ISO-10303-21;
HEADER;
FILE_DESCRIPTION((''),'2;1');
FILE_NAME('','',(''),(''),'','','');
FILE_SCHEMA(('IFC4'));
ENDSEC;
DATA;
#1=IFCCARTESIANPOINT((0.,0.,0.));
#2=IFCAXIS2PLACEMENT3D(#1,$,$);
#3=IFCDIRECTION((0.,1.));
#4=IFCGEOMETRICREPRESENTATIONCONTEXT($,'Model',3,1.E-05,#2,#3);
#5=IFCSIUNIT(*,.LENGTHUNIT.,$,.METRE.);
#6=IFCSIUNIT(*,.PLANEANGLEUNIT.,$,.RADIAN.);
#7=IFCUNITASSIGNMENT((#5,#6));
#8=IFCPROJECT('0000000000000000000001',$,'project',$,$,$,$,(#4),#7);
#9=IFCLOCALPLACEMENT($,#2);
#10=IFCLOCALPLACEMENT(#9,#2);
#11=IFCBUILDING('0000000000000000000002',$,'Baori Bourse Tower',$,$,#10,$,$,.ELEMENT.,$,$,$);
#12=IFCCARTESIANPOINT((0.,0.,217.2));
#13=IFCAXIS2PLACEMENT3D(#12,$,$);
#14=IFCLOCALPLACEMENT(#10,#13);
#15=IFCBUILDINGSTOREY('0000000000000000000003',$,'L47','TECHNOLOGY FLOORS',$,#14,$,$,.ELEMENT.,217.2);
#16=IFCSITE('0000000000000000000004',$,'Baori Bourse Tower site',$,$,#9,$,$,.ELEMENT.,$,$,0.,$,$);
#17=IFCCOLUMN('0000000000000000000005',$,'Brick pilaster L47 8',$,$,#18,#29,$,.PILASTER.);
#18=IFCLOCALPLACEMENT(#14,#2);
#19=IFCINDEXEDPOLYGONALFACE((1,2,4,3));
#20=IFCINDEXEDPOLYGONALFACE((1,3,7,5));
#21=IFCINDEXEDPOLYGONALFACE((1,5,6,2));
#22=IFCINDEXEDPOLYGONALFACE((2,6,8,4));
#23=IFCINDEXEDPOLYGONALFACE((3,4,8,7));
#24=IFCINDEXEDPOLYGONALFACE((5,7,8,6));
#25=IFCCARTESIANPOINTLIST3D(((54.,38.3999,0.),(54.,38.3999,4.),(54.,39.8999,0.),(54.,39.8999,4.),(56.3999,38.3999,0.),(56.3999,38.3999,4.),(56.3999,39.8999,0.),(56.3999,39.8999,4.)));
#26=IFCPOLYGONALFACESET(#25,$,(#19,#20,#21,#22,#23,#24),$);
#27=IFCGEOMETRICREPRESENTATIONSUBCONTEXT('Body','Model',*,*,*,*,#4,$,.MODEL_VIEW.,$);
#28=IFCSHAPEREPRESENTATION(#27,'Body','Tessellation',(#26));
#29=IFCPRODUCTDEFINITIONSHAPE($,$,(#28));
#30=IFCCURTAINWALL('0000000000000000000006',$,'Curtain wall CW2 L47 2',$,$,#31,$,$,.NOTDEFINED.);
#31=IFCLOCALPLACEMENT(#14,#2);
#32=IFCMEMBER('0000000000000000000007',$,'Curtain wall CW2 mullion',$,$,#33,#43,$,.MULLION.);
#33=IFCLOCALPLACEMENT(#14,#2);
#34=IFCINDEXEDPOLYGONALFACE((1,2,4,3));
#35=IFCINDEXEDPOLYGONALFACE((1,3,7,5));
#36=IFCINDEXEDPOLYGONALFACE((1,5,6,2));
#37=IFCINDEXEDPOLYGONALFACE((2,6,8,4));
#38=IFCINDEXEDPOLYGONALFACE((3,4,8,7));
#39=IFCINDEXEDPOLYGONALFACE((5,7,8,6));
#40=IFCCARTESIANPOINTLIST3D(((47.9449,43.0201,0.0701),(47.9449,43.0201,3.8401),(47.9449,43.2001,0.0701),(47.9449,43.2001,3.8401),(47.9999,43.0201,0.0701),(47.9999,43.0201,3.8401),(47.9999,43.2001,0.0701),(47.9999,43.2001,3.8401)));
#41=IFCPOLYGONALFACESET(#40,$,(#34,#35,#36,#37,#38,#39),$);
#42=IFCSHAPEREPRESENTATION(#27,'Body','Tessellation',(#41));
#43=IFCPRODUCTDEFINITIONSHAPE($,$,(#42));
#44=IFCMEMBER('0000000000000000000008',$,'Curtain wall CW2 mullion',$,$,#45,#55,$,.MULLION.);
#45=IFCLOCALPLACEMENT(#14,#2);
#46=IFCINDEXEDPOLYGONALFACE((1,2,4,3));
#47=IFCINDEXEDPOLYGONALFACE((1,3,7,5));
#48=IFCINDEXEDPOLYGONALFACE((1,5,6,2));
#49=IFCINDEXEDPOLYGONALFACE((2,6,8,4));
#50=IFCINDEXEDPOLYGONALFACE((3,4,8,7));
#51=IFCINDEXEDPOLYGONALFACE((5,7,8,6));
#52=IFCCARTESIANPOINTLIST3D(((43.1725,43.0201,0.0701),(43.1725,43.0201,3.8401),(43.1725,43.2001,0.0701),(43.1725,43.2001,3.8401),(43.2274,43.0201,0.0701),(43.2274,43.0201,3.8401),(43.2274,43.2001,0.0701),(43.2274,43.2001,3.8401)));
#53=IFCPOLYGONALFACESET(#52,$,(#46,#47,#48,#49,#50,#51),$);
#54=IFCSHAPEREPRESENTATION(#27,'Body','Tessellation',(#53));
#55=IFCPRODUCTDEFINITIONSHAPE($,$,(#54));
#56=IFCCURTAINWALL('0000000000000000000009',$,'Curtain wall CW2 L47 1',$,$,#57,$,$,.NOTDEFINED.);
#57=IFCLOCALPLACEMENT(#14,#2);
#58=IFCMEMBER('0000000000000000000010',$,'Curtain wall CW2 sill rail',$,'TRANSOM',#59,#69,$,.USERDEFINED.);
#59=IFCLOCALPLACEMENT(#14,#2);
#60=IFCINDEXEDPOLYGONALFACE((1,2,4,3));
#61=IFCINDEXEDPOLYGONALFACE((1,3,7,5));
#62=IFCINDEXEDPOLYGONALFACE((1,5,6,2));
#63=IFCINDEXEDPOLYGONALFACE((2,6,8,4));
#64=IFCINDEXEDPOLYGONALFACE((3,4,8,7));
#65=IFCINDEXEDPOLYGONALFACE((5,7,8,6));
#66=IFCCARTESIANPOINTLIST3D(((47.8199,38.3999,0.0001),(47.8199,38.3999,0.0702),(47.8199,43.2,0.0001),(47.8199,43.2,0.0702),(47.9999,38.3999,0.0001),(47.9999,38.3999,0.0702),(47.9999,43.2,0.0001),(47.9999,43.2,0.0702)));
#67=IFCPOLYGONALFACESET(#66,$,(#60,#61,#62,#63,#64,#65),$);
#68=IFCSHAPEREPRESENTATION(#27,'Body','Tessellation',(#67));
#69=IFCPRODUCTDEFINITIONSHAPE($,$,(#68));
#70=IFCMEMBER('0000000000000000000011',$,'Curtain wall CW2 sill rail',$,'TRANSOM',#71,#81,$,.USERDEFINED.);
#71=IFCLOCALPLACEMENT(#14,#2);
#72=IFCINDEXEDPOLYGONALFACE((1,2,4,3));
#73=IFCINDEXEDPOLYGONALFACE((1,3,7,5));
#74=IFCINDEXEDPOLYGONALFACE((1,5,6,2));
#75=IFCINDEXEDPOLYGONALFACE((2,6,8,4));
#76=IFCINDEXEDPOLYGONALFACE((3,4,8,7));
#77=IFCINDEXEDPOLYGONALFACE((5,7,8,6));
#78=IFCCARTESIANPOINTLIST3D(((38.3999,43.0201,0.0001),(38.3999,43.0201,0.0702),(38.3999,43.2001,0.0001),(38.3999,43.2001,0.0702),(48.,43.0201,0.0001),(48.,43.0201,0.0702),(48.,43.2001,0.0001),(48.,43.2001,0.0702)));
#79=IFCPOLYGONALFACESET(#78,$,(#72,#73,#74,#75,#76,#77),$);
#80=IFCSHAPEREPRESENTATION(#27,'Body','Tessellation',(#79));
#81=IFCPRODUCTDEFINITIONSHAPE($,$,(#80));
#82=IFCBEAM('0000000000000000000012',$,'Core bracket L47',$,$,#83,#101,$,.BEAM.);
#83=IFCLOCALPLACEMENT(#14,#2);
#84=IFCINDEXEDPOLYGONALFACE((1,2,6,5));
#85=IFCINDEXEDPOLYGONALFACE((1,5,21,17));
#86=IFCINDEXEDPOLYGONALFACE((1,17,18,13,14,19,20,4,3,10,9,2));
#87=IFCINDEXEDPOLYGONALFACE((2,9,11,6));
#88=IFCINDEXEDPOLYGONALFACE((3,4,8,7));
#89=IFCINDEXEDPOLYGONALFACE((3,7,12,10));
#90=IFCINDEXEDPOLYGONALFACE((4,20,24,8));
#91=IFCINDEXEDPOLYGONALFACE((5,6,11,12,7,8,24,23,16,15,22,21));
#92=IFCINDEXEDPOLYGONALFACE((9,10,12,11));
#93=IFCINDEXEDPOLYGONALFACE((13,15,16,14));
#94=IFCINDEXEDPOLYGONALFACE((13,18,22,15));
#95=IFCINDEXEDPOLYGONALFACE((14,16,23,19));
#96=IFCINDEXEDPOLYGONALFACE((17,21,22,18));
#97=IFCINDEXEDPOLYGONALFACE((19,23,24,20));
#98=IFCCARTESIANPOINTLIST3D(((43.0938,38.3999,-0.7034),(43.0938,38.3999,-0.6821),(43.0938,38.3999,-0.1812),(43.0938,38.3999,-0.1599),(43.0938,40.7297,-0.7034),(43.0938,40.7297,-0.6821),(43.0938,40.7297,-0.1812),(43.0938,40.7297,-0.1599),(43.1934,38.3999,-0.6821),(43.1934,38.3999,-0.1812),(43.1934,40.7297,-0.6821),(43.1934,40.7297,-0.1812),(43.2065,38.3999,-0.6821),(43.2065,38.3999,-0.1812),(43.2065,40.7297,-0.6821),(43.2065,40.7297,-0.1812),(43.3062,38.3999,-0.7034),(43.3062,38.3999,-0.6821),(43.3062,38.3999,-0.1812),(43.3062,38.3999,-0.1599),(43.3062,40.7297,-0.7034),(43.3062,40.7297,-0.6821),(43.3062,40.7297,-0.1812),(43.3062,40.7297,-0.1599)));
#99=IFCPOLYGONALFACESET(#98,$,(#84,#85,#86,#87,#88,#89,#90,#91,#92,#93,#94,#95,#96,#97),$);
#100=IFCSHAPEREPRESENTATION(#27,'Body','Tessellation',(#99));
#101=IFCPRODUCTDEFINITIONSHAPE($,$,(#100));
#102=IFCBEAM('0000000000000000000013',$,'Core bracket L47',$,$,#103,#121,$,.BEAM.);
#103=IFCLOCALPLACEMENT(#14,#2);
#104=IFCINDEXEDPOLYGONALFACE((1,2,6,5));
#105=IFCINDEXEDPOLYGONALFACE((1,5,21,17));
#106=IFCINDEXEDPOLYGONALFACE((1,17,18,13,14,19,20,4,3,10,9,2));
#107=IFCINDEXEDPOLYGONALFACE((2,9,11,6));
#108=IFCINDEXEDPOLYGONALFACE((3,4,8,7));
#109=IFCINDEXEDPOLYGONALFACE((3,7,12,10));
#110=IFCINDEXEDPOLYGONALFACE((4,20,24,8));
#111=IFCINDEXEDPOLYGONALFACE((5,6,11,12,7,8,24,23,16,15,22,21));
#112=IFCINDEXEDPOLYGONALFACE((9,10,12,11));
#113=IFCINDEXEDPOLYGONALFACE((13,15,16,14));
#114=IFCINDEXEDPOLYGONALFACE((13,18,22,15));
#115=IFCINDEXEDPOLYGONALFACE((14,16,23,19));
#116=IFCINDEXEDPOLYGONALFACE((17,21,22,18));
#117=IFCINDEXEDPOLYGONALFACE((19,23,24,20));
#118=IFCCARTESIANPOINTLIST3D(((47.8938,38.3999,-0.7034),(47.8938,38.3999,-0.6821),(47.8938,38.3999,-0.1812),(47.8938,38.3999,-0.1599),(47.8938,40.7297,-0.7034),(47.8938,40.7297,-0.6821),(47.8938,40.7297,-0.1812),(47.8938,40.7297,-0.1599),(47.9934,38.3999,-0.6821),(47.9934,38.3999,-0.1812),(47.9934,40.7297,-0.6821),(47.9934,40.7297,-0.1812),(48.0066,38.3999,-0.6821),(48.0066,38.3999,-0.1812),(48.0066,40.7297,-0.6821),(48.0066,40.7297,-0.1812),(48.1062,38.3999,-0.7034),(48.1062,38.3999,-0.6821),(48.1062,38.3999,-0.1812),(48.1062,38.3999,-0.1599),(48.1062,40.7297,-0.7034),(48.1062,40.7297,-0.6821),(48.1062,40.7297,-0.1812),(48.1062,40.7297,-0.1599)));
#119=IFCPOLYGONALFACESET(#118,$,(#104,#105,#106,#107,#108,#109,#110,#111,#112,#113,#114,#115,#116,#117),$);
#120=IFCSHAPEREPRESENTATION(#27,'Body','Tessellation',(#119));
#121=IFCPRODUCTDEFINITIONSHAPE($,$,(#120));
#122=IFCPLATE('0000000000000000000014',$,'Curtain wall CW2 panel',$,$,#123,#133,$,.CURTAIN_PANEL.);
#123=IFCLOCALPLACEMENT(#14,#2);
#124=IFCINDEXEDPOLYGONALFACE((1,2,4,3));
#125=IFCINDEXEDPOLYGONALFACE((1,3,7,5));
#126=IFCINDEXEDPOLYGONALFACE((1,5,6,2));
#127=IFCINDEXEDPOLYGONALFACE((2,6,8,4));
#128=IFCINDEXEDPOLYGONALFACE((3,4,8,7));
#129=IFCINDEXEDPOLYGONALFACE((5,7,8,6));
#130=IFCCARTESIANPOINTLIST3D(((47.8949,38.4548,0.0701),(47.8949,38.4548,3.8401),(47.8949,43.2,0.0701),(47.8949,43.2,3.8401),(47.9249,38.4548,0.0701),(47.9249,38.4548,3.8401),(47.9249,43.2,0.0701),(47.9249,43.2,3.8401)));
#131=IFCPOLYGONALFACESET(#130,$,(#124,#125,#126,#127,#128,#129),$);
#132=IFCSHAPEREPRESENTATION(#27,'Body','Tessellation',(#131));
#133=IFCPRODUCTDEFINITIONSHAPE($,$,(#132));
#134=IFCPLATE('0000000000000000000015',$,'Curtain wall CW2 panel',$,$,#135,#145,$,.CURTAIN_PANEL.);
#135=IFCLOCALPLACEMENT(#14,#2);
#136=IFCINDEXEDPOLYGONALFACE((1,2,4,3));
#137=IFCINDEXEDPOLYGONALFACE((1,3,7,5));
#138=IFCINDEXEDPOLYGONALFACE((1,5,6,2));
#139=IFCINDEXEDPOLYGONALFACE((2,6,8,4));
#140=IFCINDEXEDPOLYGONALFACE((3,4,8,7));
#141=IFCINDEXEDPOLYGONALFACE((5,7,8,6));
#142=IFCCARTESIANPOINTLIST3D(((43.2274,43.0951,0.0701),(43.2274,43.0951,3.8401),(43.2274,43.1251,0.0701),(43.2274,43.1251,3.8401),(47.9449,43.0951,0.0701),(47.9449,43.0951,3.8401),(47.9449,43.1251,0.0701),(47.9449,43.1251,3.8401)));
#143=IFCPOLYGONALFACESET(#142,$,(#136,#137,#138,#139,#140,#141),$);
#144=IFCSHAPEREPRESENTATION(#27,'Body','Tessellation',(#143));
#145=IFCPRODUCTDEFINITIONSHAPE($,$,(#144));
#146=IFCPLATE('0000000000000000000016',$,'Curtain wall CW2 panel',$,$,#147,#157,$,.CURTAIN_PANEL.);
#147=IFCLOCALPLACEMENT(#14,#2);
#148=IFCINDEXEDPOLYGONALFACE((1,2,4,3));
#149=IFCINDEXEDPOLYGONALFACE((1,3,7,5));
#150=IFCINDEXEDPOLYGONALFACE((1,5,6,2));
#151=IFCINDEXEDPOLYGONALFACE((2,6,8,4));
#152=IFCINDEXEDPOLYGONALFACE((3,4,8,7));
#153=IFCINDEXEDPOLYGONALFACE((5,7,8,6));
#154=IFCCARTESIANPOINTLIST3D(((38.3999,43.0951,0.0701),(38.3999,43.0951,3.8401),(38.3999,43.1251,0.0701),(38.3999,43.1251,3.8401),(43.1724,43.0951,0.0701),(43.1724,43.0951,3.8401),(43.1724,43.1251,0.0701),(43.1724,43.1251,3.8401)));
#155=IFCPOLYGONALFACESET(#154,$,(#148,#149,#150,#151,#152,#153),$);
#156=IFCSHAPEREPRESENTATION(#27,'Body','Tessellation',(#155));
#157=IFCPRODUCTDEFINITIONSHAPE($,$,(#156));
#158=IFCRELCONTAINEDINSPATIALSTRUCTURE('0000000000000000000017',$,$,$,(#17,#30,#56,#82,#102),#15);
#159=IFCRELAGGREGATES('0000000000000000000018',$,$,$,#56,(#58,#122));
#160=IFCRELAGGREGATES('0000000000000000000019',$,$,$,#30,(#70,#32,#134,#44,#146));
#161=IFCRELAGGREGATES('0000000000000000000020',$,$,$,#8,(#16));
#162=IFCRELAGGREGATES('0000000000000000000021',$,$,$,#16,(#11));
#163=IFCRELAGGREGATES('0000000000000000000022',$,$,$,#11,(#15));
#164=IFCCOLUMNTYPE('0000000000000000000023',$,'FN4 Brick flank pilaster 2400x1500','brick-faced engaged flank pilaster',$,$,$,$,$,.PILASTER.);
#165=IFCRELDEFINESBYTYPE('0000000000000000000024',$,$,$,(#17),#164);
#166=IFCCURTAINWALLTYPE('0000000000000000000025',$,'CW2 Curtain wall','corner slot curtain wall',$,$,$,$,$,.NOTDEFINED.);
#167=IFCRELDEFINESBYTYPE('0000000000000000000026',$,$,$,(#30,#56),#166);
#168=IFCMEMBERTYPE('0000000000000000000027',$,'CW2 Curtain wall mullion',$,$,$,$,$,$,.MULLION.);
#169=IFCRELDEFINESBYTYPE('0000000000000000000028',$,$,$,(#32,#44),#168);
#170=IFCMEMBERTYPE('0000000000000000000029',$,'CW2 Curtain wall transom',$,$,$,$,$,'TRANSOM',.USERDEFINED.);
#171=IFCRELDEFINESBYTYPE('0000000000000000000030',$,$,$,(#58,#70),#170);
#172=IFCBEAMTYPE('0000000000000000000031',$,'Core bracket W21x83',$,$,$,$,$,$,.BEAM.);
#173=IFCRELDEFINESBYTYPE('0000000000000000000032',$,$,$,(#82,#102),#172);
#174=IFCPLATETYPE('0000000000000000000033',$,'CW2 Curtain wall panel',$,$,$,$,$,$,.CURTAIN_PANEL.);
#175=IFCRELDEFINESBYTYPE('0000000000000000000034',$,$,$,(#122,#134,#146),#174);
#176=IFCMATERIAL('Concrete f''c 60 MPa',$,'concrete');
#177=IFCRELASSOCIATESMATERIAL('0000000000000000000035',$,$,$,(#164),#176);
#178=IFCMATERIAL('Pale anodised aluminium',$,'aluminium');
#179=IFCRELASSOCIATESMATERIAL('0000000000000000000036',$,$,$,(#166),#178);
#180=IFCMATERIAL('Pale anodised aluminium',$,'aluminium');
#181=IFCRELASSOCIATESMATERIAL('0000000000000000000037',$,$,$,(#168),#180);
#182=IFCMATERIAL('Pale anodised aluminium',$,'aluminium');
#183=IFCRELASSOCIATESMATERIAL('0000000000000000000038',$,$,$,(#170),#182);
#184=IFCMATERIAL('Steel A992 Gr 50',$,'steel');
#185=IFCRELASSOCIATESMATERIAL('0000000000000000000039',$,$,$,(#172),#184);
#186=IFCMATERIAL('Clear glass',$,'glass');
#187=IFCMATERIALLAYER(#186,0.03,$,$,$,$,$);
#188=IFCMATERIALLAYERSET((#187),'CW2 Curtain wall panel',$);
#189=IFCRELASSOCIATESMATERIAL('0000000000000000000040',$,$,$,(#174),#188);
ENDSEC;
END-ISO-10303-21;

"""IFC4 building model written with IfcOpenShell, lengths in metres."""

from ifc_helpers import new_model, si_unit, direction, frame, origin, origin_2d, place, context, subcontext, project, spatial, rectangle, i_section, extrude, material, layer, layer_set, material_profile, profile_set, type_object, element, aggregate, save


model = new_model("IFC4")

# Units and contexts
model_context = context("Model", 3, precision=1e-05, world=origin(), true_north=direction((0.0, 1.0)))
body_context = subcontext(model_context, "Body", "Model", "MODEL_VIEW")
ifc_project = project(units=[si_unit("LENGTHUNIT", "METRE"), si_unit("PLANEANGLEUNIT", "RADIAN")], contexts=[model_context])

# Site, building, storey
site_placement = place(None, origin())
site = spatial("IfcSite", under=ifc_project, at=site_placement, Name="Baori Bourse Tower site", CompositionType="ELEMENT", RefElevation=0.0)
building_placement = place(site_placement, origin())
building = spatial("IfcBuilding", under=site, at=building_placement, Name="Baori Bourse Tower", CompositionType="ELEMENT")
storey_placement = place(building_placement, frame((0.0, 0.0, 217.2)))
storey = spatial("IfcBuildingStorey", under=building, at=storey_placement, Name="L47", Description="TECHNOLOGY FLOORS", CompositionType="ELEMENT", Elevation=217.2)

# Column
ifc_material_1 = material(Name="Concrete f'c 60 MPa", Category="concrete")
ifc_material_profile_1 = material_profile(ifc_material_1, rectangle(XDim=2.3999, YDim=1.5, at=origin_2d()), Name="RC 2400x1500")
ifc_profile_set_1 = profile_set([ifc_material_profile_1], Name="Concrete f'c 60 MPa")
column_type = type_object("IfcColumnType", Name="FN4 Brick flank pilaster 2400x1500", Description="brick-faced engaged flank pilaster", PredefinedType="PILASTER", material=ifc_profile_set_1)
column_placement = place(storey_placement, frame((55.2, 39.1499, 0.0), z_axis=(0.0, 0.0, 1.0), x_axis=(1.0, 0.0, 0.0)))
element("IfcColumn", 1, at=column_placement, inside=storey, type_object=column_type, Name="Brick pilaster L47 8", PredefinedType="PILASTER", context=body_context, shape_type="SweptSolid", body=[
    extrude(rectangle(XDim=2.3999, YDim=1.5, at=origin_2d()), origin(), (0.0, 0.0, 1.0), 4.0),
])

# Curtain wall, members
ifc_material_2 = material(Name="Pale anodised aluminium", Category="aluminium")
curtain_wall_type = type_object("IfcCurtainWallType", Name="CW2 Curtain wall", Description="corner slot curtain wall", PredefinedType="NOTDEFINED", material=ifc_material_2)
curtain_wall_1_placement = place(storey_placement, origin())
curtain_wall_1 = element("IfcCurtainWall", 2, at=curtain_wall_1_placement, inside=storey, type_object=curtain_wall_type, Name="Curtain wall CW2 L47 2", PredefinedType="NOTDEFINED")
ifc_material_3 = material(Name="Pale anodised aluminium", Category="aluminium")
ifc_material_profile_2 = material_profile(ifc_material_3, rectangle(XDim=0.1799, YDim=0.0549, at=origin_2d()), Name="Mullion 55x180")
ifc_profile_set_2 = profile_set([ifc_material_profile_2], Name="Pale anodised aluminium")
member_type_1 = type_object("IfcMemberType", Name="CW2 Curtain wall mullion", PredefinedType="MULLION", material=ifc_profile_set_2)
member_1_placement = place(storey_placement, frame((47.9724, 43.1101, 0.0701), z_axis=(0.0, 0.0, 1.0), x_axis=(0.0, -1.0, 0.0)))
member_1 = element("IfcMember", 3, at=member_1_placement, type_object=member_type_1, Name="Curtain wall CW2 mullion", PredefinedType="MULLION", context=body_context, shape_type="SweptSolid", body=[
    extrude(rectangle(XDim=0.1799, YDim=0.0549, at=origin_2d()), origin(), (0.0, 0.0, 1.0), 3.77),
])
member_2_placement = place(storey_placement, frame((43.2, 43.1101, 0.0701), z_axis=(0.0, 0.0, 1.0), x_axis=(0.0, -1.0, 0.0)))
member_2 = element("IfcMember", 4, at=member_2_placement, type_object=member_type_1, Name="Curtain wall CW2 mullion", PredefinedType="MULLION", context=body_context, shape_type="SweptSolid", body=[
    extrude(rectangle(XDim=0.1799, YDim=0.0549, at=origin_2d()), origin(), (0.0, 0.0, 1.0), 3.77),
])

# Curtain wall, member
curtain_wall_2_placement = place(storey_placement, origin())
curtain_wall_2 = element("IfcCurtainWall", 5, at=curtain_wall_2_placement, inside=storey, type_object=curtain_wall_type, Name="Curtain wall CW2 L47 1", PredefinedType="NOTDEFINED")
ifc_material_4 = material(Name="Pale anodised aluminium", Category="aluminium")
ifc_material_profile_3 = material_profile(ifc_material_4, rectangle(XDim=0.1799, YDim=0.0701, at=origin_2d()), Name="Transom 70x180")
ifc_profile_set_3 = profile_set([ifc_material_profile_3], Name="Pale anodised aluminium")
member_type_2 = type_object("IfcMemberType", Name="CW2 Curtain wall transom", ElementType="TRANSOM", PredefinedType="USERDEFINED", material=ifc_profile_set_3)
member_3_placement = place(storey_placement, frame((47.9099, 38.3999, 0.0352), z_axis=(0.0, 1.0, 0.0), x_axis=(-1.0, 0.0, 0.0)))
member_3 = element("IfcMember", 6, at=member_3_placement, type_object=member_type_2, Name="Curtain wall CW2 sill rail", ObjectType="TRANSOM", PredefinedType="USERDEFINED", context=body_context, shape_type="SweptSolid", body=[
    extrude(rectangle(XDim=0.1799, YDim=0.0701, at=origin_2d()), origin(), (0.0, 0.0, 1.0), 4.8),
])

# Member
member_4_placement = place(storey_placement, frame((48.0, 43.1101, 0.0352), z_axis=(-1.0, 0.0, 0.0), x_axis=(0.0, -1.0, 0.0)))
member_4 = element("IfcMember", 7, at=member_4_placement, type_object=member_type_2, Name="Curtain wall CW2 sill rail", ObjectType="TRANSOM", PredefinedType="USERDEFINED", context=body_context, shape_type="SweptSolid", body=[
    extrude(rectangle(XDim=0.1799, YDim=0.0701, at=origin_2d()), origin(), (0.0, 0.0, 1.0), 9.6001),
])

# Beams
ifc_material_5 = material(Name="Steel A992 Gr 50", Category="steel")
ifc_material_profile_4 = material_profile(ifc_material_5, i_section(OverallWidth=0.2124, OverallDepth=0.5435, WebThickness=0.0132, FlangeThickness=0.0212, at=origin_2d()), Name="W21x83")
ifc_profile_set_4 = profile_set([ifc_material_profile_4], Name="Steel A992 Gr 50")
beam_type = type_object("IfcBeamType", Name="Core bracket W21x83", PredefinedType="BEAM", material=ifc_profile_set_4)
for number, where, z_axis, x_axis, name in (
    (8, (43.2, 38.3999, -0.4316), (0.0, 1.0, 0.0), (-1.0, 0.0, 0.0), "Core bracket L47"),
    (9, (48.0, 38.3999, -0.4316), (0.0, 1.0, 0.0), (-1.0, 0.0, 0.0), "Core bracket L47"),
):
    element("IfcBeam", number, at=place(storey_placement, frame(where, z_axis=z_axis, x_axis=x_axis)), inside=storey, type_object=beam_type, Name=name, PredefinedType="BEAM", context=body_context, shape_type="SweptSolid", body=[
        extrude(i_section(OverallWidth=0.2124, OverallDepth=0.5435, WebThickness=0.0132, FlangeThickness=0.0212, at=origin_2d()), origin(), (0.0, 0.0, 1.0), 2.3298),
    ])

# Plates
ifc_material_6 = material(Name="Clear glass", Category="glass")
ifc_layer_1 = layer(ifc_material_6, 0.03)
ifc_layer_set_1 = layer_set([ifc_layer_1], Name="CW2 Curtain wall panel")
plate_type = type_object("IfcPlateType", Name="CW2 Curtain wall panel", PredefinedType="CURTAIN_PANEL", material=ifc_layer_set_1)
plate_1_placement = place(storey_placement, frame((47.9099, 40.8274, 0.0701), z_axis=(0.0, 0.0, 1.0), x_axis=(0.0, 1.0, 0.0)))
plate_1 = element("IfcPlate", 10, at=plate_1_placement, type_object=plate_type, Name="Curtain wall CW2 panel", PredefinedType="CURTAIN_PANEL", context=body_context, shape_type="SweptSolid", body=[
    extrude(rectangle(XDim=4.7451, YDim=0.03, at=origin_2d()), origin(), (0.0, 0.0, 1.0), 3.77),
])
aggregate(curtain_wall_2, [member_3, plate_1])
plate_2_placement = place(storey_placement, frame((45.5862, 43.1101, 0.0701), z_axis=(0.0, 0.0, 1.0), x_axis=(-1.0, 0.0, 0.0)))
plate_2 = element("IfcPlate", 11, at=plate_2_placement, type_object=plate_type, Name="Curtain wall CW2 panel", PredefinedType="CURTAIN_PANEL", context=body_context, shape_type="SweptSolid", body=[
    extrude(rectangle(XDim=4.7175, YDim=0.03, at=origin_2d()), origin(), (0.0, 0.0, 1.0), 3.77),
])
plate_3_placement = place(storey_placement, frame((40.7861, 43.1101, 0.0701), z_axis=(0.0, 0.0, 1.0), x_axis=(-1.0, 0.0, 0.0)))
plate_3 = element("IfcPlate", 12, at=plate_3_placement, type_object=plate_type, Name="Curtain wall CW2 panel", PredefinedType="CURTAIN_PANEL", context=body_context, shape_type="SweptSolid", body=[
    extrude(rectangle(XDim=4.7725, YDim=0.03, at=origin_2d()), origin(), (0.0, 0.0, 1.0), 3.77),
])
aggregate(curtain_wall_1, [member_4, member_1, plate_2, member_2, plate_3])

save(model, "model.ifc")
